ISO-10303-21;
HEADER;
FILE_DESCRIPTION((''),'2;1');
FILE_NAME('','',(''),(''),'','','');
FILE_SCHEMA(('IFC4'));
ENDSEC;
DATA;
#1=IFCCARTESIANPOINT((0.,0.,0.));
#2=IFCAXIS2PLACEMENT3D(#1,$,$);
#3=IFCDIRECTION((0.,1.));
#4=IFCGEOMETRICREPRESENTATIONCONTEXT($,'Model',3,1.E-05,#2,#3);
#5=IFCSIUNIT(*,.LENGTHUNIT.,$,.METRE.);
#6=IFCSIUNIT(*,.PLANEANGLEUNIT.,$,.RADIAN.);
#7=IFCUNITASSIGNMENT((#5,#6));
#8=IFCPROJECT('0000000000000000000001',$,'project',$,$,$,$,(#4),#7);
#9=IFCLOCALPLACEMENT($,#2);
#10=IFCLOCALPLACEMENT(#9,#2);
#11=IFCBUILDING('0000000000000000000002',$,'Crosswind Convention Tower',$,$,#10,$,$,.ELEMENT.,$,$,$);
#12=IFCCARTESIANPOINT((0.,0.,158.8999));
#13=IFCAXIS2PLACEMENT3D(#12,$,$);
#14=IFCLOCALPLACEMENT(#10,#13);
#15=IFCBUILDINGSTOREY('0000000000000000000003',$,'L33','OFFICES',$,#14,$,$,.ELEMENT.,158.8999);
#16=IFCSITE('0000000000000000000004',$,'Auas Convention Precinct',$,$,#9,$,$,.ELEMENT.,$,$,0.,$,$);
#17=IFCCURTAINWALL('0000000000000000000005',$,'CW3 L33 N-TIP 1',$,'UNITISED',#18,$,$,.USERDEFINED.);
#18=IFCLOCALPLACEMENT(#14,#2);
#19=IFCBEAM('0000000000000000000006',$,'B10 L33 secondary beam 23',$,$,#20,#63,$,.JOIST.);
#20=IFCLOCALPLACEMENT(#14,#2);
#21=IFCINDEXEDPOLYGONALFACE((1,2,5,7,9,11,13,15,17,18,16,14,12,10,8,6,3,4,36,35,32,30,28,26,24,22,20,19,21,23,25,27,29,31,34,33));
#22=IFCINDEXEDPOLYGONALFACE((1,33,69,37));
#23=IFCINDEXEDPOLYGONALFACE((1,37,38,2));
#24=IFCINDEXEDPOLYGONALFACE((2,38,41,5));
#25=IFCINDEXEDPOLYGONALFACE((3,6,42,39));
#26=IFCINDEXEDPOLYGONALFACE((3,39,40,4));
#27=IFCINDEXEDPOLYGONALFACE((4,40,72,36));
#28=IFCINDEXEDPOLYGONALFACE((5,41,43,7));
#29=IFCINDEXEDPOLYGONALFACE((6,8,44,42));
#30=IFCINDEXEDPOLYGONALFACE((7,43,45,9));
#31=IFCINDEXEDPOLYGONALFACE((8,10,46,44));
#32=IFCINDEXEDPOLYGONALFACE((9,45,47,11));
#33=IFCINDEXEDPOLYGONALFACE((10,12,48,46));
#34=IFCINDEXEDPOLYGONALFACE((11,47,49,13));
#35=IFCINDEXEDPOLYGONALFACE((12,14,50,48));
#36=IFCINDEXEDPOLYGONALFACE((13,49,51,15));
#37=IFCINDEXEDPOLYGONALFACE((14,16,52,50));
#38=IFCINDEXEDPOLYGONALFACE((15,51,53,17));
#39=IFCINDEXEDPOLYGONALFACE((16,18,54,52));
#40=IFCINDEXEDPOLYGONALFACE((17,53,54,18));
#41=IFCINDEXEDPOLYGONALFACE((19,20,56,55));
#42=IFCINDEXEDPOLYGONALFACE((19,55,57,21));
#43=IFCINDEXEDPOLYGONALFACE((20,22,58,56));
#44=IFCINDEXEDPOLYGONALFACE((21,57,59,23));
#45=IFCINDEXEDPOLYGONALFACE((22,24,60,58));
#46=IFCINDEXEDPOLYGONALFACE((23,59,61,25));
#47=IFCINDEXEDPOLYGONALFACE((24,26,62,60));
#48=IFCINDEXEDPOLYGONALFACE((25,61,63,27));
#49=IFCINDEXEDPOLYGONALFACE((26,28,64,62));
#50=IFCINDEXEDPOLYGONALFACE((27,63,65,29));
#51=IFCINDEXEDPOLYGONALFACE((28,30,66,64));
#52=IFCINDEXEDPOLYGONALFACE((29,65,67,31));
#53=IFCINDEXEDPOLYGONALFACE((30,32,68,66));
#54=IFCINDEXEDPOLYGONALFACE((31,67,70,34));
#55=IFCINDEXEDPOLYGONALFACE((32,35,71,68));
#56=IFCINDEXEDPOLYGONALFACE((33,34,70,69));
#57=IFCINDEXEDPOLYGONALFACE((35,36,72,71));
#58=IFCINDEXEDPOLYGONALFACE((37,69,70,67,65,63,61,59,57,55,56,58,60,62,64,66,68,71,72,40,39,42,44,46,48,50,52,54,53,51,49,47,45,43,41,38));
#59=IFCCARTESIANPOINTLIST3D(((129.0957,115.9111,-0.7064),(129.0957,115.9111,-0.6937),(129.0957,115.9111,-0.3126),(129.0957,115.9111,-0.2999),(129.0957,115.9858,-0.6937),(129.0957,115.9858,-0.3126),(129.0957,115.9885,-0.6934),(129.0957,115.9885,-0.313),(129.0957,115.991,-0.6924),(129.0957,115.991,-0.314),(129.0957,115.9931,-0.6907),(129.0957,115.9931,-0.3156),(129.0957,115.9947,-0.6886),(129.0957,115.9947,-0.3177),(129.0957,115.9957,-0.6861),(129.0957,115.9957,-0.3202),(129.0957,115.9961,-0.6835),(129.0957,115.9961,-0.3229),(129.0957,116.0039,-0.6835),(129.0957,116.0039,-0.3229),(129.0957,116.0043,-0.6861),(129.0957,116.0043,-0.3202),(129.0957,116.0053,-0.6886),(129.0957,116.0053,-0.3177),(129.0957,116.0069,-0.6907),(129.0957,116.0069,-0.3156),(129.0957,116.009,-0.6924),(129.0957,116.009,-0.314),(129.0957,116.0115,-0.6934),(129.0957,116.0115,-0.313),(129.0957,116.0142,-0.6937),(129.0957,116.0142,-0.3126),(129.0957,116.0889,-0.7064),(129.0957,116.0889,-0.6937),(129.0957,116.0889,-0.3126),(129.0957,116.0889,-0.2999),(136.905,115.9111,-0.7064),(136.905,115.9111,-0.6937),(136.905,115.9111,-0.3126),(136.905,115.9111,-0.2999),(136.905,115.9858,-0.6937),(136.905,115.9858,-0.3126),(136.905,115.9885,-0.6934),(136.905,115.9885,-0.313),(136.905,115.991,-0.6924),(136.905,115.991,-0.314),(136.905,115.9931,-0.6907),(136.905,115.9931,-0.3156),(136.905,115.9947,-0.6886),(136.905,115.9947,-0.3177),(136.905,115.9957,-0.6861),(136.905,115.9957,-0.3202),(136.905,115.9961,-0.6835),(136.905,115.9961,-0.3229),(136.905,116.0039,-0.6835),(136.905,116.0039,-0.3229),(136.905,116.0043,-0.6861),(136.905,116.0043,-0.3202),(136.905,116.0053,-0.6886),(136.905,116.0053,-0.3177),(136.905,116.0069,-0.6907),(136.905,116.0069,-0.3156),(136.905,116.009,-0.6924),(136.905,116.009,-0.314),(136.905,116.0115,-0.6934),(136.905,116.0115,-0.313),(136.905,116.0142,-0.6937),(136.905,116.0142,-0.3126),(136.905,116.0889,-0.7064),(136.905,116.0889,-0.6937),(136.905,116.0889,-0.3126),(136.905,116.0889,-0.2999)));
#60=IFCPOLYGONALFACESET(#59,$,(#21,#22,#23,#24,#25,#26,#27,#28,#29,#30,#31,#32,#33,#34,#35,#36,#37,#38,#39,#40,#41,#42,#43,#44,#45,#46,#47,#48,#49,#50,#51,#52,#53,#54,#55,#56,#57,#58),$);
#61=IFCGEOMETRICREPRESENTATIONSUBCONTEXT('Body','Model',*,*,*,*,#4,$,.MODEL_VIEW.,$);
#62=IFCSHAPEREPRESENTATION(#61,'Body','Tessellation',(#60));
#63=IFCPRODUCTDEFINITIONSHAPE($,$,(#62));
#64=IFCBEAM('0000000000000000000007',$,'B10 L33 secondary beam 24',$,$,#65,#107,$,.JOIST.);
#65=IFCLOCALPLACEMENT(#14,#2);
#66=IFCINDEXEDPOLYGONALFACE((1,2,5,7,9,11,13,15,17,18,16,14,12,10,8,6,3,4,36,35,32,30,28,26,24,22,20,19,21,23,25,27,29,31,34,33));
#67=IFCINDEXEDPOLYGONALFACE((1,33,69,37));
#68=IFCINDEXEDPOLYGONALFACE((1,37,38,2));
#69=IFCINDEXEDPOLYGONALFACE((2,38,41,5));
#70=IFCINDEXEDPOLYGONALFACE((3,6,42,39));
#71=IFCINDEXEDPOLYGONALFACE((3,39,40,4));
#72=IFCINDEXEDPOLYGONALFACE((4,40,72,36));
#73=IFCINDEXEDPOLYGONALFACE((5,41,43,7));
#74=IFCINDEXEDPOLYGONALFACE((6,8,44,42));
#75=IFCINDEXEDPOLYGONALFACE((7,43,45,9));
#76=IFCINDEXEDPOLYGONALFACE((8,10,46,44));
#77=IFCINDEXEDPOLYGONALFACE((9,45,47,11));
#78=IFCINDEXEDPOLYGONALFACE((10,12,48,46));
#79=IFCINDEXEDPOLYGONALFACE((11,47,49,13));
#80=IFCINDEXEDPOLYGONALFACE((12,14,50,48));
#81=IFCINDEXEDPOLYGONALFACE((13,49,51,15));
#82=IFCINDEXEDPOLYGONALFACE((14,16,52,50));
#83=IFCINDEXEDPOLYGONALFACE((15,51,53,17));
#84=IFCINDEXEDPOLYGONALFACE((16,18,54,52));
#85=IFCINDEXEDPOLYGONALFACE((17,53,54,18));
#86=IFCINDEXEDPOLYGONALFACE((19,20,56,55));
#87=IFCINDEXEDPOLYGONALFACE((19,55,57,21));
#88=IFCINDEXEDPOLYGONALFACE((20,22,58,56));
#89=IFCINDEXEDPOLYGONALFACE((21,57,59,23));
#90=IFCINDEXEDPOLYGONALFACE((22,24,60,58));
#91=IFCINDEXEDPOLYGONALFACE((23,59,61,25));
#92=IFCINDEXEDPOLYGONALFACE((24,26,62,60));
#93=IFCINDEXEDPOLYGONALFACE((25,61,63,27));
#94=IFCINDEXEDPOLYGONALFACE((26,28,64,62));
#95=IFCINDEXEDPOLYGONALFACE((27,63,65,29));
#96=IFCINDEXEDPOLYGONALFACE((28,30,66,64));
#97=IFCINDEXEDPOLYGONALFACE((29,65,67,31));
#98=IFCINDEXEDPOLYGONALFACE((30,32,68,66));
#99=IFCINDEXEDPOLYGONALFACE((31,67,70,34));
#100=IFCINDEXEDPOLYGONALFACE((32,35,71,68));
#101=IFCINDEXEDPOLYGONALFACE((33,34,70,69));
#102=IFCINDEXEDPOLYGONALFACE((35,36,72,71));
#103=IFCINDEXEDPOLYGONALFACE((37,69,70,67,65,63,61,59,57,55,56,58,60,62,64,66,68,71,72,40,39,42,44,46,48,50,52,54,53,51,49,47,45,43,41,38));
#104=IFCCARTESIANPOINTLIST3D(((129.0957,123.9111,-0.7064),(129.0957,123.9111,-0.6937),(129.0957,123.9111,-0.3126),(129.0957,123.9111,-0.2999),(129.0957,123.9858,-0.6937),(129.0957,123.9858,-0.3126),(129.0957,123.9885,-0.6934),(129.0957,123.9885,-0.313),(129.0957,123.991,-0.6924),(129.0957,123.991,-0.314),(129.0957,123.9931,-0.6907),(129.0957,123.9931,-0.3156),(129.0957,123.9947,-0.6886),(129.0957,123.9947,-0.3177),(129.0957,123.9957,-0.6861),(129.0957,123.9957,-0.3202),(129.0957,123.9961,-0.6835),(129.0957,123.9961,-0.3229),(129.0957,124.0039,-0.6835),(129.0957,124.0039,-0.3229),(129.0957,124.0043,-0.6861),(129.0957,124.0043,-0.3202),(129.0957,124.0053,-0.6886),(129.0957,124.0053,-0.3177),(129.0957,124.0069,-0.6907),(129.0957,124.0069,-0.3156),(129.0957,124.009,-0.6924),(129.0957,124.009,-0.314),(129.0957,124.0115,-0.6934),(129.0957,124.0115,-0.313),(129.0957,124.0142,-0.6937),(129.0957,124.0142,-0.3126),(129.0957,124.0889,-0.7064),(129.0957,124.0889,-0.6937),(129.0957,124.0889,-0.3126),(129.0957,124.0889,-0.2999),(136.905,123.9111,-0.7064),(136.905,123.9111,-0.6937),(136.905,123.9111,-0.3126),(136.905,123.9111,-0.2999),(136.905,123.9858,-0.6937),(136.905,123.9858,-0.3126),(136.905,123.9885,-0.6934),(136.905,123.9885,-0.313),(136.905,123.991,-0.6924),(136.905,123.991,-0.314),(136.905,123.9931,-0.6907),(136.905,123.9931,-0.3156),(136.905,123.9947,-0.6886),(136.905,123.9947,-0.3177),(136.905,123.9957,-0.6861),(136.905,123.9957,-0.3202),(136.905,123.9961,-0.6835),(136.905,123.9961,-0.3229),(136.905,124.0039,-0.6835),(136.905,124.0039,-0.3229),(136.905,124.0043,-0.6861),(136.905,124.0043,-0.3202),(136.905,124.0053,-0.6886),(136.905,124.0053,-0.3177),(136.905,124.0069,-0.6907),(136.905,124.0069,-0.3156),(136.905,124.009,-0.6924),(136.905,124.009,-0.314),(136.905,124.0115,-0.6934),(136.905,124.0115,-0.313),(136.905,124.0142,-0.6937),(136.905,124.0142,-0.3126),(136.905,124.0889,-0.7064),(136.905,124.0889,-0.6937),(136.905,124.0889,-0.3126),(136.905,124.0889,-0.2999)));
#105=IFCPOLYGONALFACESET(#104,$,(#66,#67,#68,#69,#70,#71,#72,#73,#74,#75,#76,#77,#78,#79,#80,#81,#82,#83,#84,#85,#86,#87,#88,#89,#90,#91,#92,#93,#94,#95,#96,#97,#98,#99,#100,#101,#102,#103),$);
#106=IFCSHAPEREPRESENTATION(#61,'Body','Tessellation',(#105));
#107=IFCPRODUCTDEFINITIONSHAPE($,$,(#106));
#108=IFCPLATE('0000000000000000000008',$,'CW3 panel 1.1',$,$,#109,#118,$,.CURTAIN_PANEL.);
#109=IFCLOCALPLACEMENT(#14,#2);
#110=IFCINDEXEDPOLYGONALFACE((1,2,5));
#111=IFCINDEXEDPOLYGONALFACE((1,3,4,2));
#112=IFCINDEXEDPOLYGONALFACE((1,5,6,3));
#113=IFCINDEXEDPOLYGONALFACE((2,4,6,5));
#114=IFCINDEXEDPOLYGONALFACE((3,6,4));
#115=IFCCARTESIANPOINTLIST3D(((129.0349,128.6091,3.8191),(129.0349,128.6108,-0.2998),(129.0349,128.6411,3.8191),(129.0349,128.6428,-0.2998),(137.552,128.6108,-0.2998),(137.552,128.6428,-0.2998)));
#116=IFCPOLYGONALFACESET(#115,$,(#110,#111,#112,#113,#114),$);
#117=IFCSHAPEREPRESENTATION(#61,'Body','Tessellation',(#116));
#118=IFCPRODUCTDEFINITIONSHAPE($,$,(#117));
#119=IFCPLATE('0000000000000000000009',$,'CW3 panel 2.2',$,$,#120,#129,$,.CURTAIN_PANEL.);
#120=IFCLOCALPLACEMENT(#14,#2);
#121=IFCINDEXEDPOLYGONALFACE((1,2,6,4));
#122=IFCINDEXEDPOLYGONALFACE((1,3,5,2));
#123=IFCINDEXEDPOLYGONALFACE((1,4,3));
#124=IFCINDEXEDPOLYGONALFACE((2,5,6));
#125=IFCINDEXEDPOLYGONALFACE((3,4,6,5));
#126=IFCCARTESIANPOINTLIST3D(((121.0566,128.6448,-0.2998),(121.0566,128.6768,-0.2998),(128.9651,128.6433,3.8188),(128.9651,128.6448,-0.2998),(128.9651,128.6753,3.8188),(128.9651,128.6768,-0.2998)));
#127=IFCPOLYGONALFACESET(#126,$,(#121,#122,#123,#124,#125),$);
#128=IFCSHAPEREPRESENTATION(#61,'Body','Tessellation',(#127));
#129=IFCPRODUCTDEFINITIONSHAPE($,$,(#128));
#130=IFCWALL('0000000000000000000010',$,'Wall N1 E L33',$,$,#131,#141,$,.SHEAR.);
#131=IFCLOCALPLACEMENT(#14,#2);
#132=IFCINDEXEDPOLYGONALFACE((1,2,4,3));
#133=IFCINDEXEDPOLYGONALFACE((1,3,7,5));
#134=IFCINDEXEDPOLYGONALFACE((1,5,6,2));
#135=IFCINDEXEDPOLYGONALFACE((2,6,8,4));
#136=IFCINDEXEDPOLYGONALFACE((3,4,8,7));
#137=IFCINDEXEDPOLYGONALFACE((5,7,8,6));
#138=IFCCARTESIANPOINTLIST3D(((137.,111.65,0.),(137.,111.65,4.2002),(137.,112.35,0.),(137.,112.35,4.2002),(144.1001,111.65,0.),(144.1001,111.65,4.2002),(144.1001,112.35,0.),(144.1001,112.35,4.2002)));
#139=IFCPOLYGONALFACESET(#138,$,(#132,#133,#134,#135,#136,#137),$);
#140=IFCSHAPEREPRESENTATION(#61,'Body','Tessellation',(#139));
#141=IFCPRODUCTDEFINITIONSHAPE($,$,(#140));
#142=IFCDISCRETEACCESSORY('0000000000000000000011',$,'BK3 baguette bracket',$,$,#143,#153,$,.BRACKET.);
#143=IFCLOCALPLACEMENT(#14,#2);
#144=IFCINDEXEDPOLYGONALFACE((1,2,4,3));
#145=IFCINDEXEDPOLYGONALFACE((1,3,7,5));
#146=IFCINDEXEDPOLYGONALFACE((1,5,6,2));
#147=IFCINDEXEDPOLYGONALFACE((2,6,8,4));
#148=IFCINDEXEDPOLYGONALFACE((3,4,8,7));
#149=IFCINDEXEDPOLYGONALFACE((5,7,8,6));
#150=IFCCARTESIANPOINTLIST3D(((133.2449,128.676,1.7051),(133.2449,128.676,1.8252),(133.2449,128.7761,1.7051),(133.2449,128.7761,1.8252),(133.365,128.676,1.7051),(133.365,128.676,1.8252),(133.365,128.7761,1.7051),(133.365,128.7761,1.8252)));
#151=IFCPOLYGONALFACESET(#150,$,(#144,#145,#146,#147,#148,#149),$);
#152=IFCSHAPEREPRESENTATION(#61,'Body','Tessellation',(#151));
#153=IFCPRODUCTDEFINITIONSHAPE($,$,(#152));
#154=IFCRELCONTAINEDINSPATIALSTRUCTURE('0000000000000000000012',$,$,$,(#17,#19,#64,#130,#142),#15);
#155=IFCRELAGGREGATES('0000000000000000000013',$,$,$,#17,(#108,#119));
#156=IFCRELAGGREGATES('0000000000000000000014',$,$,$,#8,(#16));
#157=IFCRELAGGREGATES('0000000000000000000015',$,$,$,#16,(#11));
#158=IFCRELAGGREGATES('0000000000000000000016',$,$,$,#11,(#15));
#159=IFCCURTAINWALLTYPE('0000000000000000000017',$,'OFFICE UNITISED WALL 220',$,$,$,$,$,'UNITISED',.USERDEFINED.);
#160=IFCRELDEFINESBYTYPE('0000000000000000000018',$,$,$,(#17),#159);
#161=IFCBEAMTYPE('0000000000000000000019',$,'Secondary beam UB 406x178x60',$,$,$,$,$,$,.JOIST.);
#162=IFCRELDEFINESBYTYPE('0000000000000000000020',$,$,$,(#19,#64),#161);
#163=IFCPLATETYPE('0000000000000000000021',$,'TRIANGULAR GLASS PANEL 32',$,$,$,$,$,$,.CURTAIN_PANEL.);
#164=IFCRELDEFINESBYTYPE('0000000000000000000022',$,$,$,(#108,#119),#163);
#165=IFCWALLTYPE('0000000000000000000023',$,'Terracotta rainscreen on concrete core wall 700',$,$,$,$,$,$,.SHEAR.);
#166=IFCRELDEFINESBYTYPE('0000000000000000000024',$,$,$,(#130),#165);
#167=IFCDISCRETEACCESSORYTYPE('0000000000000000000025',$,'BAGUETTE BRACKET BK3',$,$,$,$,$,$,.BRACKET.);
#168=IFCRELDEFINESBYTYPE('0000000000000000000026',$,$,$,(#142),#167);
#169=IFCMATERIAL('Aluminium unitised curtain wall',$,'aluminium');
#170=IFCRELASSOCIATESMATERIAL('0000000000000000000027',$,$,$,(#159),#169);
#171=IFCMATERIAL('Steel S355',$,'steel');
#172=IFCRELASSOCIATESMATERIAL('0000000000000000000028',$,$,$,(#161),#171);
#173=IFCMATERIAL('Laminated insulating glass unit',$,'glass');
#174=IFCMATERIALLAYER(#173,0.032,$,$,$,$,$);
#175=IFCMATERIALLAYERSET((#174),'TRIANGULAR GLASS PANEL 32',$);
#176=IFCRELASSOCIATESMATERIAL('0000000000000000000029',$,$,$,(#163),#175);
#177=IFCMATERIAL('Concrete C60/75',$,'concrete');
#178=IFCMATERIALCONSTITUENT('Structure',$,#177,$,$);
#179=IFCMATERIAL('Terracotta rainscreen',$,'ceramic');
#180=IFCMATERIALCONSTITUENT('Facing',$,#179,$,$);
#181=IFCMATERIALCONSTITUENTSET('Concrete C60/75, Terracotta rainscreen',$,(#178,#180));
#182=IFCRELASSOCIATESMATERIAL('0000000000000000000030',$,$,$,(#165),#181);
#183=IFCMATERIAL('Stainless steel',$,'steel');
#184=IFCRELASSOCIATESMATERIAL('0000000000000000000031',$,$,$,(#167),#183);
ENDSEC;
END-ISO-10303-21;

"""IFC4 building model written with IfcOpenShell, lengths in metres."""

from ifc_helpers import new_model, si_unit, direction, frame, frame_2d, origin, origin_2d, place, context, subcontext, project, spatial, polyline, rectangle, i_section, outline, extrude, material, layer, layer_set, constituent, constituent_set, material_profile, profile_set, type_object, element, aggregate, save


model = new_model("IFC4")

# Units and contexts
model_context = context("Model", 3, precision=1e-05, world=origin(), true_north=direction((0.0, 1.0)))
body_context = subcontext(model_context, "Body", "Model", "MODEL_VIEW")
ifc_project = project(units=[si_unit("LENGTHUNIT", "METRE"), si_unit("PLANEANGLEUNIT", "RADIAN")], contexts=[model_context])

# Site, building, storey
site_placement = place(None, origin())
site = spatial("IfcSite", under=ifc_project, at=site_placement, Name="Auas Convention Precinct", CompositionType="ELEMENT", RefElevation=0.0)
building_placement = place(site_placement, origin())
building = spatial("IfcBuilding", under=site, at=building_placement, Name="Crosswind Convention Tower", CompositionType="ELEMENT")
storey_placement = place(building_placement, frame((0.0, 0.0, 158.8999)))
storey = spatial("IfcBuildingStorey", under=building, at=storey_placement, Name="L33", Description="OFFICES", CompositionType="ELEMENT", Elevation=158.8999)

# Shared definitions
ifc_material_1 = material(Name="Concrete C60/75", Category="concrete")

# Shared definitions
ifc_material_2 = material(Name="Steel S355", Category="steel")

# Curtain wall
ifc_material_3 = material(Name="Aluminium unitised curtain wall", Category="aluminium")
curtain_wall_type = type_object("IfcCurtainWallType", Name="OFFICE UNITISED WALL 220", ElementType="UNITISED", PredefinedType="USERDEFINED", material=ifc_material_3)
curtain_wall_placement = place(storey_placement, origin())
curtain_wall = element("IfcCurtainWall", 1, at=curtain_wall_placement, inside=storey, type_object=curtain_wall_type, Name="CW3 L33 N-TIP 1", ObjectType="UNITISED", PredefinedType="USERDEFINED")

# Beams
ifc_material_profile_1 = material_profile(ifc_material_2, i_section(OverallWidth=0.1777, OverallDepth=0.4065, WebThickness=0.0078, FlangeThickness=0.0127, FilletRadius=0.0103, at=origin_2d()), Name="UB 406x178x60")
ifc_profile_set_1 = profile_set([ifc_material_profile_1], Name="Steel S355")
beam_type_1 = type_object("IfcBeamType", Name="Secondary beam UB 406x178x60", PredefinedType="JOIST", material=ifc_profile_set_1)
for number, where, z_axis, x_axis, name in (
    (2, (129.0957, 116.0, -0.5032), (1.0, 0.0, 0.0), (0.0, 1.0, 0.0), "B10 L33 secondary beam 23"),
    (3, (129.0957, 124.0, -0.5032), (1.0, 0.0, 0.0), (0.0, 1.0, 0.0), "B10 L33 secondary beam 24"),
):
    element("IfcBeam", number, at=place(storey_placement, frame(where, z_axis=z_axis, x_axis=x_axis)), inside=storey, type_object=beam_type_1, Name=name, PredefinedType="JOIST", context=body_context, shape_type="SweptSolid", body=[
        extrude(i_section(OverallWidth=0.1777, OverallDepth=0.4065, WebThickness=0.0078, FlangeThickness=0.0127, FilletRadius=0.0103, at=origin_2d()), origin(), (0.0, 0.0, 1.0), 7.8093),
    ])

# Plates
ifc_material_4 = material(Name="Laminated insulating glass unit", Category="glass")
ifc_layer = layer(ifc_material_4, 0.032)
ifc_layer_set = layer_set([ifc_layer], Name="TRIANGULAR GLASS PANEL 32")
plate_type = type_object("IfcPlateType", Name="TRIANGULAR GLASS PANEL 32", PredefinedType="CURTAIN_PANEL", material=ifc_layer_set)
plate_1_placement = place(storey_placement, frame((129.0349, 128.6428, -0.2998), z_axis=(0.0, 1.0, 0.000415), x_axis=(0.0, -0.000415, 1.0)))
plate_1 = element("IfcPlate", 4, at=plate_1_placement, type_object=plate_type, Name="CW3 panel 1.1", PredefinedType="CURTAIN_PANEL", context=body_context, shape_type="SweptSolid", body=[
    extrude(outline(polyline([(0.0, 0.0), (4.1189, 0.0), (0.0, 8.5171), (0.0, 0.0)])), origin(), (0.0, 0.0, -1.0), 0.032),
])
plate_2_placement = place(storey_placement, frame((128.9651, 128.6768, -0.2998), z_axis=(0.0, 1.0, 0.000356), x_axis=(-1.0, 0.0, 0.0)))
plate_2 = element("IfcPlate", 5, at=plate_2_placement, type_object=plate_type, Name="CW3 panel 2.2", PredefinedType="CURTAIN_PANEL", context=body_context, shape_type="SweptSolid", body=[
    extrude(outline(polyline([(0.0, 0.0), (7.9084, 0.0), (0.0, 4.1187), (0.0, 0.0)])), origin(), (0.0, 0.0, -1.0), 0.032),
])
aggregate(curtain_wall, [plate_1, plate_2])

# Wall
ifc_constituent_1 = constituent(ifc_material_1, Name="Structure")
ifc_material_5 = material(Name="Terracotta rainscreen", Category="ceramic")
ifc_constituent_2 = constituent(ifc_material_5, Name="Facing")
ifc_constituent_set = constituent_set(constituents=[ifc_constituent_1, ifc_constituent_2], Name="Concrete C60/75, Terracotta rainscreen")
wall_type = type_object("IfcWallType", Name="Terracotta rainscreen on concrete core wall 700", PredefinedType="SHEAR", material=ifc_constituent_set)
wall_placement = place(storey_placement, frame((137.0, 112.0, 0.0), z_axis=(0.0, 0.0, 1.0), x_axis=(1.0, 0.0, 0.0)))
element("IfcWall", 6, at=wall_placement, inside=storey, type_object=wall_type, Name="Wall N1 E L33", PredefinedType="SHEAR", context=body_context, shape_type="SweptSolid", body=[
    extrude(rectangle(XDim=7.1001, YDim=0.7, at=frame_2d((3.55, 0.0))), origin(), (0.0, 0.0, 1.0), 4.2002),
])

# Discrete accessory
ifc_material_6 = material(Name="Stainless steel", Category="steel")
discrete_accessory_type = type_object("IfcDiscreteAccessoryType", Name="BAGUETTE BRACKET BK3", PredefinedType="BRACKET", material=ifc_material_6)
discrete_accessory_placement = place(storey_placement, frame((133.3049, 128.7261, 1.7051), z_axis=(0.0, 0.0, 1.0), x_axis=(-1.0, 0.0, 0.0)))
element("IfcDiscreteAccessory", 7, at=discrete_accessory_placement, inside=storey, type_object=discrete_accessory_type, Name="BK3 baguette bracket", PredefinedType="BRACKET", context=body_context, shape_type="SweptSolid", body=[
    extrude(rectangle(XDim=0.1201, YDim=0.1001, at=origin_2d()), origin(), (0.0, 0.0, 1.0), 0.1201),
])

save(model, "model.ifc")
